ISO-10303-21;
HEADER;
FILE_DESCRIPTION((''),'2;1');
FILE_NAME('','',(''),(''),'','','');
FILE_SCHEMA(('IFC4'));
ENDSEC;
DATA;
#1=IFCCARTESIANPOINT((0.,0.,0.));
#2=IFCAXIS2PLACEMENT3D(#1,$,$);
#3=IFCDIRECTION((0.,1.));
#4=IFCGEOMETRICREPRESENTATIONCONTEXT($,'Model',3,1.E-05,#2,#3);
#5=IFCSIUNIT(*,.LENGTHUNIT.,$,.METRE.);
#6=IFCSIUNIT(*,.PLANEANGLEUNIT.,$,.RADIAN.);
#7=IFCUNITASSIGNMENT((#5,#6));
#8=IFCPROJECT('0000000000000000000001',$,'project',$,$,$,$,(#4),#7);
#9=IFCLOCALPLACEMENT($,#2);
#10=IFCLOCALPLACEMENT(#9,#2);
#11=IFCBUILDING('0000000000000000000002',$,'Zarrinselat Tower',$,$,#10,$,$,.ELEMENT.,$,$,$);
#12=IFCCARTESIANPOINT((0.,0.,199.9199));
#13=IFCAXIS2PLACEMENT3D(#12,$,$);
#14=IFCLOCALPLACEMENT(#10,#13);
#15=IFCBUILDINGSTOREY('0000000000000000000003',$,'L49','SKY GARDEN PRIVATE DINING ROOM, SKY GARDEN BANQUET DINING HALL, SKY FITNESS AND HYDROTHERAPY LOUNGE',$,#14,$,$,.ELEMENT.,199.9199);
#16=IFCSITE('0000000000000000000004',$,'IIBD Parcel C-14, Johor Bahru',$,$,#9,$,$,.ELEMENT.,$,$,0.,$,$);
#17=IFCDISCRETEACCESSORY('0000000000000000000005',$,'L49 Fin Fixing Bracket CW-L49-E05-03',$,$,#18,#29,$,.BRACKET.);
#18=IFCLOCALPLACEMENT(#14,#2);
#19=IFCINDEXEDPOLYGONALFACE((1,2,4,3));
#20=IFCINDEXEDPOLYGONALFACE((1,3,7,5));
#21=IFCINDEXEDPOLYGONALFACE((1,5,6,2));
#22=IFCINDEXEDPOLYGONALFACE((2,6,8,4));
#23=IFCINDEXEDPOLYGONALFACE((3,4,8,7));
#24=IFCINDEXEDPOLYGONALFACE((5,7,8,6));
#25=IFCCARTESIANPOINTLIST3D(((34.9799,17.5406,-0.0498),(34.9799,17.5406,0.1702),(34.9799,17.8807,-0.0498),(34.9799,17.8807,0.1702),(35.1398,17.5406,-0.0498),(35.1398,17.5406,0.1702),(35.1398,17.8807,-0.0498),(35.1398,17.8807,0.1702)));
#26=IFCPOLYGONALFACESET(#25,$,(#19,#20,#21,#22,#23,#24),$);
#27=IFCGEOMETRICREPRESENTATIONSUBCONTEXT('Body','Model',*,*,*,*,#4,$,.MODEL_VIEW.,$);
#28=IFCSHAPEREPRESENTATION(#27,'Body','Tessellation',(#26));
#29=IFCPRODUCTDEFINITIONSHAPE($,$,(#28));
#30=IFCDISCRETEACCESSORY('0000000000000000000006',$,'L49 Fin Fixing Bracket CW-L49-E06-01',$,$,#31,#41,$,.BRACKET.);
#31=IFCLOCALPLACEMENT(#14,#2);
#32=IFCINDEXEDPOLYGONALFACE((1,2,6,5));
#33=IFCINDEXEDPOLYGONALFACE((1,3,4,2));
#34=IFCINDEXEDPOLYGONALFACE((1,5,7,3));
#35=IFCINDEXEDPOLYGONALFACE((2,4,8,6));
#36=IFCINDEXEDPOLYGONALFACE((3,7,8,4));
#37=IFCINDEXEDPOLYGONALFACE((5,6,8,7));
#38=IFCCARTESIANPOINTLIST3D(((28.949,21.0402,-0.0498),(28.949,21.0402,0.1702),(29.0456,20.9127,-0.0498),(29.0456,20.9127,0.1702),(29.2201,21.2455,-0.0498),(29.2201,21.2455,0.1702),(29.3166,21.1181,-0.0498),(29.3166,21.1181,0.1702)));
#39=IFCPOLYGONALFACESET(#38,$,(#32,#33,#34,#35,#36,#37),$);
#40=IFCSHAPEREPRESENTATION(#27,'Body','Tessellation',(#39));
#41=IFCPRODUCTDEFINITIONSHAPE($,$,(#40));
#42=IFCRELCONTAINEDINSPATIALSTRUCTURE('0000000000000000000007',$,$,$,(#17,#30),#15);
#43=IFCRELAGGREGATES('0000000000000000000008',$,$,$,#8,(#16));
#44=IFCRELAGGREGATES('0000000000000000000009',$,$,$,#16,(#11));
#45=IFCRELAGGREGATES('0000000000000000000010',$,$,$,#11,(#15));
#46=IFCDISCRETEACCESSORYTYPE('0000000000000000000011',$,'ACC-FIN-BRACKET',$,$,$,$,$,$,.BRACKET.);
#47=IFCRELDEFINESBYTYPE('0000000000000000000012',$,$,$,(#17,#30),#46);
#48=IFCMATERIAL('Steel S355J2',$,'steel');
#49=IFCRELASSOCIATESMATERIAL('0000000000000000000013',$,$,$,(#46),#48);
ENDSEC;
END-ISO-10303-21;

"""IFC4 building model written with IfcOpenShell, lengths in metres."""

from ifc_helpers import new_model, si_unit, direction, frame, origin, origin_2d, place, context, subcontext, project, spatial, rectangle, extrude, material, type_object, element, save


model = new_model("IFC4")

# Units and contexts
model_context = context("Model", 3, precision=1e-05, world=origin(), true_north=direction((0.0, 1.0)))
body_context = subcontext(model_context, "Body", "Model", "MODEL_VIEW")
ifc_project = project(units=[si_unit("LENGTHUNIT", "METRE"), si_unit("PLANEANGLEUNIT", "RADIAN")], contexts=[model_context])

# Site, building, storey
site_placement = place(None, origin())
site = spatial("IfcSite", under=ifc_project, at=site_placement, Name="IIBD Parcel C-14, Johor Bahru", CompositionType="ELEMENT", RefElevation=0.0)
building_placement = place(site_placement, origin())
building = spatial("IfcBuilding", under=site, at=building_placement, Name="Zarrinselat Tower", CompositionType="ELEMENT")
storey_placement = place(building_placement, frame((0.0, 0.0, 199.9199)))
storey = spatial("IfcBuildingStorey", under=building, at=storey_placement, Name="L49", Description="SKY GARDEN PRIVATE DINING ROOM, SKY GARDEN BANQUET DINING HALL, SKY FITNESS AND HYDROTHERAPY LOUNGE", CompositionType="ELEMENT", Elevation=199.9199)

# Discrete accessories
ifc_material_1 = material(Name="Steel S355J2", Category="steel")
discrete_accessory_type = type_object("IfcDiscreteAccessoryType", Name="ACC-FIN-BRACKET", PredefinedType="BRACKET", material=ifc_material_1)
for number, where, z_axis, x_axis, name in (
    (1, (35.0598, 17.7107, -0.0498), (0.0, 0.0, 1.0), (0.0, -1.0, 0.0), "L49 Fin Fixing Bracket CW-L49-E05-03"),
    (2, (29.1328, 21.0791, -0.0498), (0.0, 0.0, 1.0), (-0.797092, -0.603858, 0.0), "L49 Fin Fixing Bracket CW-L49-E06-01"),
):
    element("IfcDiscreteAccessory", number, at=place(storey_placement, frame(where, z_axis=z_axis, x_axis=x_axis)), inside=storey, type_object=discrete_accessory_type, Name=name, PredefinedType="BRACKET", context=body_context, shape_type="SweptSolid", body=[
        extrude(rectangle(XDim=0.3401, YDim=0.1599, at=origin_2d()), origin(), (0.0, 0.0, 1.0), 0.22),
    ])

save(model, "model.ifc")
